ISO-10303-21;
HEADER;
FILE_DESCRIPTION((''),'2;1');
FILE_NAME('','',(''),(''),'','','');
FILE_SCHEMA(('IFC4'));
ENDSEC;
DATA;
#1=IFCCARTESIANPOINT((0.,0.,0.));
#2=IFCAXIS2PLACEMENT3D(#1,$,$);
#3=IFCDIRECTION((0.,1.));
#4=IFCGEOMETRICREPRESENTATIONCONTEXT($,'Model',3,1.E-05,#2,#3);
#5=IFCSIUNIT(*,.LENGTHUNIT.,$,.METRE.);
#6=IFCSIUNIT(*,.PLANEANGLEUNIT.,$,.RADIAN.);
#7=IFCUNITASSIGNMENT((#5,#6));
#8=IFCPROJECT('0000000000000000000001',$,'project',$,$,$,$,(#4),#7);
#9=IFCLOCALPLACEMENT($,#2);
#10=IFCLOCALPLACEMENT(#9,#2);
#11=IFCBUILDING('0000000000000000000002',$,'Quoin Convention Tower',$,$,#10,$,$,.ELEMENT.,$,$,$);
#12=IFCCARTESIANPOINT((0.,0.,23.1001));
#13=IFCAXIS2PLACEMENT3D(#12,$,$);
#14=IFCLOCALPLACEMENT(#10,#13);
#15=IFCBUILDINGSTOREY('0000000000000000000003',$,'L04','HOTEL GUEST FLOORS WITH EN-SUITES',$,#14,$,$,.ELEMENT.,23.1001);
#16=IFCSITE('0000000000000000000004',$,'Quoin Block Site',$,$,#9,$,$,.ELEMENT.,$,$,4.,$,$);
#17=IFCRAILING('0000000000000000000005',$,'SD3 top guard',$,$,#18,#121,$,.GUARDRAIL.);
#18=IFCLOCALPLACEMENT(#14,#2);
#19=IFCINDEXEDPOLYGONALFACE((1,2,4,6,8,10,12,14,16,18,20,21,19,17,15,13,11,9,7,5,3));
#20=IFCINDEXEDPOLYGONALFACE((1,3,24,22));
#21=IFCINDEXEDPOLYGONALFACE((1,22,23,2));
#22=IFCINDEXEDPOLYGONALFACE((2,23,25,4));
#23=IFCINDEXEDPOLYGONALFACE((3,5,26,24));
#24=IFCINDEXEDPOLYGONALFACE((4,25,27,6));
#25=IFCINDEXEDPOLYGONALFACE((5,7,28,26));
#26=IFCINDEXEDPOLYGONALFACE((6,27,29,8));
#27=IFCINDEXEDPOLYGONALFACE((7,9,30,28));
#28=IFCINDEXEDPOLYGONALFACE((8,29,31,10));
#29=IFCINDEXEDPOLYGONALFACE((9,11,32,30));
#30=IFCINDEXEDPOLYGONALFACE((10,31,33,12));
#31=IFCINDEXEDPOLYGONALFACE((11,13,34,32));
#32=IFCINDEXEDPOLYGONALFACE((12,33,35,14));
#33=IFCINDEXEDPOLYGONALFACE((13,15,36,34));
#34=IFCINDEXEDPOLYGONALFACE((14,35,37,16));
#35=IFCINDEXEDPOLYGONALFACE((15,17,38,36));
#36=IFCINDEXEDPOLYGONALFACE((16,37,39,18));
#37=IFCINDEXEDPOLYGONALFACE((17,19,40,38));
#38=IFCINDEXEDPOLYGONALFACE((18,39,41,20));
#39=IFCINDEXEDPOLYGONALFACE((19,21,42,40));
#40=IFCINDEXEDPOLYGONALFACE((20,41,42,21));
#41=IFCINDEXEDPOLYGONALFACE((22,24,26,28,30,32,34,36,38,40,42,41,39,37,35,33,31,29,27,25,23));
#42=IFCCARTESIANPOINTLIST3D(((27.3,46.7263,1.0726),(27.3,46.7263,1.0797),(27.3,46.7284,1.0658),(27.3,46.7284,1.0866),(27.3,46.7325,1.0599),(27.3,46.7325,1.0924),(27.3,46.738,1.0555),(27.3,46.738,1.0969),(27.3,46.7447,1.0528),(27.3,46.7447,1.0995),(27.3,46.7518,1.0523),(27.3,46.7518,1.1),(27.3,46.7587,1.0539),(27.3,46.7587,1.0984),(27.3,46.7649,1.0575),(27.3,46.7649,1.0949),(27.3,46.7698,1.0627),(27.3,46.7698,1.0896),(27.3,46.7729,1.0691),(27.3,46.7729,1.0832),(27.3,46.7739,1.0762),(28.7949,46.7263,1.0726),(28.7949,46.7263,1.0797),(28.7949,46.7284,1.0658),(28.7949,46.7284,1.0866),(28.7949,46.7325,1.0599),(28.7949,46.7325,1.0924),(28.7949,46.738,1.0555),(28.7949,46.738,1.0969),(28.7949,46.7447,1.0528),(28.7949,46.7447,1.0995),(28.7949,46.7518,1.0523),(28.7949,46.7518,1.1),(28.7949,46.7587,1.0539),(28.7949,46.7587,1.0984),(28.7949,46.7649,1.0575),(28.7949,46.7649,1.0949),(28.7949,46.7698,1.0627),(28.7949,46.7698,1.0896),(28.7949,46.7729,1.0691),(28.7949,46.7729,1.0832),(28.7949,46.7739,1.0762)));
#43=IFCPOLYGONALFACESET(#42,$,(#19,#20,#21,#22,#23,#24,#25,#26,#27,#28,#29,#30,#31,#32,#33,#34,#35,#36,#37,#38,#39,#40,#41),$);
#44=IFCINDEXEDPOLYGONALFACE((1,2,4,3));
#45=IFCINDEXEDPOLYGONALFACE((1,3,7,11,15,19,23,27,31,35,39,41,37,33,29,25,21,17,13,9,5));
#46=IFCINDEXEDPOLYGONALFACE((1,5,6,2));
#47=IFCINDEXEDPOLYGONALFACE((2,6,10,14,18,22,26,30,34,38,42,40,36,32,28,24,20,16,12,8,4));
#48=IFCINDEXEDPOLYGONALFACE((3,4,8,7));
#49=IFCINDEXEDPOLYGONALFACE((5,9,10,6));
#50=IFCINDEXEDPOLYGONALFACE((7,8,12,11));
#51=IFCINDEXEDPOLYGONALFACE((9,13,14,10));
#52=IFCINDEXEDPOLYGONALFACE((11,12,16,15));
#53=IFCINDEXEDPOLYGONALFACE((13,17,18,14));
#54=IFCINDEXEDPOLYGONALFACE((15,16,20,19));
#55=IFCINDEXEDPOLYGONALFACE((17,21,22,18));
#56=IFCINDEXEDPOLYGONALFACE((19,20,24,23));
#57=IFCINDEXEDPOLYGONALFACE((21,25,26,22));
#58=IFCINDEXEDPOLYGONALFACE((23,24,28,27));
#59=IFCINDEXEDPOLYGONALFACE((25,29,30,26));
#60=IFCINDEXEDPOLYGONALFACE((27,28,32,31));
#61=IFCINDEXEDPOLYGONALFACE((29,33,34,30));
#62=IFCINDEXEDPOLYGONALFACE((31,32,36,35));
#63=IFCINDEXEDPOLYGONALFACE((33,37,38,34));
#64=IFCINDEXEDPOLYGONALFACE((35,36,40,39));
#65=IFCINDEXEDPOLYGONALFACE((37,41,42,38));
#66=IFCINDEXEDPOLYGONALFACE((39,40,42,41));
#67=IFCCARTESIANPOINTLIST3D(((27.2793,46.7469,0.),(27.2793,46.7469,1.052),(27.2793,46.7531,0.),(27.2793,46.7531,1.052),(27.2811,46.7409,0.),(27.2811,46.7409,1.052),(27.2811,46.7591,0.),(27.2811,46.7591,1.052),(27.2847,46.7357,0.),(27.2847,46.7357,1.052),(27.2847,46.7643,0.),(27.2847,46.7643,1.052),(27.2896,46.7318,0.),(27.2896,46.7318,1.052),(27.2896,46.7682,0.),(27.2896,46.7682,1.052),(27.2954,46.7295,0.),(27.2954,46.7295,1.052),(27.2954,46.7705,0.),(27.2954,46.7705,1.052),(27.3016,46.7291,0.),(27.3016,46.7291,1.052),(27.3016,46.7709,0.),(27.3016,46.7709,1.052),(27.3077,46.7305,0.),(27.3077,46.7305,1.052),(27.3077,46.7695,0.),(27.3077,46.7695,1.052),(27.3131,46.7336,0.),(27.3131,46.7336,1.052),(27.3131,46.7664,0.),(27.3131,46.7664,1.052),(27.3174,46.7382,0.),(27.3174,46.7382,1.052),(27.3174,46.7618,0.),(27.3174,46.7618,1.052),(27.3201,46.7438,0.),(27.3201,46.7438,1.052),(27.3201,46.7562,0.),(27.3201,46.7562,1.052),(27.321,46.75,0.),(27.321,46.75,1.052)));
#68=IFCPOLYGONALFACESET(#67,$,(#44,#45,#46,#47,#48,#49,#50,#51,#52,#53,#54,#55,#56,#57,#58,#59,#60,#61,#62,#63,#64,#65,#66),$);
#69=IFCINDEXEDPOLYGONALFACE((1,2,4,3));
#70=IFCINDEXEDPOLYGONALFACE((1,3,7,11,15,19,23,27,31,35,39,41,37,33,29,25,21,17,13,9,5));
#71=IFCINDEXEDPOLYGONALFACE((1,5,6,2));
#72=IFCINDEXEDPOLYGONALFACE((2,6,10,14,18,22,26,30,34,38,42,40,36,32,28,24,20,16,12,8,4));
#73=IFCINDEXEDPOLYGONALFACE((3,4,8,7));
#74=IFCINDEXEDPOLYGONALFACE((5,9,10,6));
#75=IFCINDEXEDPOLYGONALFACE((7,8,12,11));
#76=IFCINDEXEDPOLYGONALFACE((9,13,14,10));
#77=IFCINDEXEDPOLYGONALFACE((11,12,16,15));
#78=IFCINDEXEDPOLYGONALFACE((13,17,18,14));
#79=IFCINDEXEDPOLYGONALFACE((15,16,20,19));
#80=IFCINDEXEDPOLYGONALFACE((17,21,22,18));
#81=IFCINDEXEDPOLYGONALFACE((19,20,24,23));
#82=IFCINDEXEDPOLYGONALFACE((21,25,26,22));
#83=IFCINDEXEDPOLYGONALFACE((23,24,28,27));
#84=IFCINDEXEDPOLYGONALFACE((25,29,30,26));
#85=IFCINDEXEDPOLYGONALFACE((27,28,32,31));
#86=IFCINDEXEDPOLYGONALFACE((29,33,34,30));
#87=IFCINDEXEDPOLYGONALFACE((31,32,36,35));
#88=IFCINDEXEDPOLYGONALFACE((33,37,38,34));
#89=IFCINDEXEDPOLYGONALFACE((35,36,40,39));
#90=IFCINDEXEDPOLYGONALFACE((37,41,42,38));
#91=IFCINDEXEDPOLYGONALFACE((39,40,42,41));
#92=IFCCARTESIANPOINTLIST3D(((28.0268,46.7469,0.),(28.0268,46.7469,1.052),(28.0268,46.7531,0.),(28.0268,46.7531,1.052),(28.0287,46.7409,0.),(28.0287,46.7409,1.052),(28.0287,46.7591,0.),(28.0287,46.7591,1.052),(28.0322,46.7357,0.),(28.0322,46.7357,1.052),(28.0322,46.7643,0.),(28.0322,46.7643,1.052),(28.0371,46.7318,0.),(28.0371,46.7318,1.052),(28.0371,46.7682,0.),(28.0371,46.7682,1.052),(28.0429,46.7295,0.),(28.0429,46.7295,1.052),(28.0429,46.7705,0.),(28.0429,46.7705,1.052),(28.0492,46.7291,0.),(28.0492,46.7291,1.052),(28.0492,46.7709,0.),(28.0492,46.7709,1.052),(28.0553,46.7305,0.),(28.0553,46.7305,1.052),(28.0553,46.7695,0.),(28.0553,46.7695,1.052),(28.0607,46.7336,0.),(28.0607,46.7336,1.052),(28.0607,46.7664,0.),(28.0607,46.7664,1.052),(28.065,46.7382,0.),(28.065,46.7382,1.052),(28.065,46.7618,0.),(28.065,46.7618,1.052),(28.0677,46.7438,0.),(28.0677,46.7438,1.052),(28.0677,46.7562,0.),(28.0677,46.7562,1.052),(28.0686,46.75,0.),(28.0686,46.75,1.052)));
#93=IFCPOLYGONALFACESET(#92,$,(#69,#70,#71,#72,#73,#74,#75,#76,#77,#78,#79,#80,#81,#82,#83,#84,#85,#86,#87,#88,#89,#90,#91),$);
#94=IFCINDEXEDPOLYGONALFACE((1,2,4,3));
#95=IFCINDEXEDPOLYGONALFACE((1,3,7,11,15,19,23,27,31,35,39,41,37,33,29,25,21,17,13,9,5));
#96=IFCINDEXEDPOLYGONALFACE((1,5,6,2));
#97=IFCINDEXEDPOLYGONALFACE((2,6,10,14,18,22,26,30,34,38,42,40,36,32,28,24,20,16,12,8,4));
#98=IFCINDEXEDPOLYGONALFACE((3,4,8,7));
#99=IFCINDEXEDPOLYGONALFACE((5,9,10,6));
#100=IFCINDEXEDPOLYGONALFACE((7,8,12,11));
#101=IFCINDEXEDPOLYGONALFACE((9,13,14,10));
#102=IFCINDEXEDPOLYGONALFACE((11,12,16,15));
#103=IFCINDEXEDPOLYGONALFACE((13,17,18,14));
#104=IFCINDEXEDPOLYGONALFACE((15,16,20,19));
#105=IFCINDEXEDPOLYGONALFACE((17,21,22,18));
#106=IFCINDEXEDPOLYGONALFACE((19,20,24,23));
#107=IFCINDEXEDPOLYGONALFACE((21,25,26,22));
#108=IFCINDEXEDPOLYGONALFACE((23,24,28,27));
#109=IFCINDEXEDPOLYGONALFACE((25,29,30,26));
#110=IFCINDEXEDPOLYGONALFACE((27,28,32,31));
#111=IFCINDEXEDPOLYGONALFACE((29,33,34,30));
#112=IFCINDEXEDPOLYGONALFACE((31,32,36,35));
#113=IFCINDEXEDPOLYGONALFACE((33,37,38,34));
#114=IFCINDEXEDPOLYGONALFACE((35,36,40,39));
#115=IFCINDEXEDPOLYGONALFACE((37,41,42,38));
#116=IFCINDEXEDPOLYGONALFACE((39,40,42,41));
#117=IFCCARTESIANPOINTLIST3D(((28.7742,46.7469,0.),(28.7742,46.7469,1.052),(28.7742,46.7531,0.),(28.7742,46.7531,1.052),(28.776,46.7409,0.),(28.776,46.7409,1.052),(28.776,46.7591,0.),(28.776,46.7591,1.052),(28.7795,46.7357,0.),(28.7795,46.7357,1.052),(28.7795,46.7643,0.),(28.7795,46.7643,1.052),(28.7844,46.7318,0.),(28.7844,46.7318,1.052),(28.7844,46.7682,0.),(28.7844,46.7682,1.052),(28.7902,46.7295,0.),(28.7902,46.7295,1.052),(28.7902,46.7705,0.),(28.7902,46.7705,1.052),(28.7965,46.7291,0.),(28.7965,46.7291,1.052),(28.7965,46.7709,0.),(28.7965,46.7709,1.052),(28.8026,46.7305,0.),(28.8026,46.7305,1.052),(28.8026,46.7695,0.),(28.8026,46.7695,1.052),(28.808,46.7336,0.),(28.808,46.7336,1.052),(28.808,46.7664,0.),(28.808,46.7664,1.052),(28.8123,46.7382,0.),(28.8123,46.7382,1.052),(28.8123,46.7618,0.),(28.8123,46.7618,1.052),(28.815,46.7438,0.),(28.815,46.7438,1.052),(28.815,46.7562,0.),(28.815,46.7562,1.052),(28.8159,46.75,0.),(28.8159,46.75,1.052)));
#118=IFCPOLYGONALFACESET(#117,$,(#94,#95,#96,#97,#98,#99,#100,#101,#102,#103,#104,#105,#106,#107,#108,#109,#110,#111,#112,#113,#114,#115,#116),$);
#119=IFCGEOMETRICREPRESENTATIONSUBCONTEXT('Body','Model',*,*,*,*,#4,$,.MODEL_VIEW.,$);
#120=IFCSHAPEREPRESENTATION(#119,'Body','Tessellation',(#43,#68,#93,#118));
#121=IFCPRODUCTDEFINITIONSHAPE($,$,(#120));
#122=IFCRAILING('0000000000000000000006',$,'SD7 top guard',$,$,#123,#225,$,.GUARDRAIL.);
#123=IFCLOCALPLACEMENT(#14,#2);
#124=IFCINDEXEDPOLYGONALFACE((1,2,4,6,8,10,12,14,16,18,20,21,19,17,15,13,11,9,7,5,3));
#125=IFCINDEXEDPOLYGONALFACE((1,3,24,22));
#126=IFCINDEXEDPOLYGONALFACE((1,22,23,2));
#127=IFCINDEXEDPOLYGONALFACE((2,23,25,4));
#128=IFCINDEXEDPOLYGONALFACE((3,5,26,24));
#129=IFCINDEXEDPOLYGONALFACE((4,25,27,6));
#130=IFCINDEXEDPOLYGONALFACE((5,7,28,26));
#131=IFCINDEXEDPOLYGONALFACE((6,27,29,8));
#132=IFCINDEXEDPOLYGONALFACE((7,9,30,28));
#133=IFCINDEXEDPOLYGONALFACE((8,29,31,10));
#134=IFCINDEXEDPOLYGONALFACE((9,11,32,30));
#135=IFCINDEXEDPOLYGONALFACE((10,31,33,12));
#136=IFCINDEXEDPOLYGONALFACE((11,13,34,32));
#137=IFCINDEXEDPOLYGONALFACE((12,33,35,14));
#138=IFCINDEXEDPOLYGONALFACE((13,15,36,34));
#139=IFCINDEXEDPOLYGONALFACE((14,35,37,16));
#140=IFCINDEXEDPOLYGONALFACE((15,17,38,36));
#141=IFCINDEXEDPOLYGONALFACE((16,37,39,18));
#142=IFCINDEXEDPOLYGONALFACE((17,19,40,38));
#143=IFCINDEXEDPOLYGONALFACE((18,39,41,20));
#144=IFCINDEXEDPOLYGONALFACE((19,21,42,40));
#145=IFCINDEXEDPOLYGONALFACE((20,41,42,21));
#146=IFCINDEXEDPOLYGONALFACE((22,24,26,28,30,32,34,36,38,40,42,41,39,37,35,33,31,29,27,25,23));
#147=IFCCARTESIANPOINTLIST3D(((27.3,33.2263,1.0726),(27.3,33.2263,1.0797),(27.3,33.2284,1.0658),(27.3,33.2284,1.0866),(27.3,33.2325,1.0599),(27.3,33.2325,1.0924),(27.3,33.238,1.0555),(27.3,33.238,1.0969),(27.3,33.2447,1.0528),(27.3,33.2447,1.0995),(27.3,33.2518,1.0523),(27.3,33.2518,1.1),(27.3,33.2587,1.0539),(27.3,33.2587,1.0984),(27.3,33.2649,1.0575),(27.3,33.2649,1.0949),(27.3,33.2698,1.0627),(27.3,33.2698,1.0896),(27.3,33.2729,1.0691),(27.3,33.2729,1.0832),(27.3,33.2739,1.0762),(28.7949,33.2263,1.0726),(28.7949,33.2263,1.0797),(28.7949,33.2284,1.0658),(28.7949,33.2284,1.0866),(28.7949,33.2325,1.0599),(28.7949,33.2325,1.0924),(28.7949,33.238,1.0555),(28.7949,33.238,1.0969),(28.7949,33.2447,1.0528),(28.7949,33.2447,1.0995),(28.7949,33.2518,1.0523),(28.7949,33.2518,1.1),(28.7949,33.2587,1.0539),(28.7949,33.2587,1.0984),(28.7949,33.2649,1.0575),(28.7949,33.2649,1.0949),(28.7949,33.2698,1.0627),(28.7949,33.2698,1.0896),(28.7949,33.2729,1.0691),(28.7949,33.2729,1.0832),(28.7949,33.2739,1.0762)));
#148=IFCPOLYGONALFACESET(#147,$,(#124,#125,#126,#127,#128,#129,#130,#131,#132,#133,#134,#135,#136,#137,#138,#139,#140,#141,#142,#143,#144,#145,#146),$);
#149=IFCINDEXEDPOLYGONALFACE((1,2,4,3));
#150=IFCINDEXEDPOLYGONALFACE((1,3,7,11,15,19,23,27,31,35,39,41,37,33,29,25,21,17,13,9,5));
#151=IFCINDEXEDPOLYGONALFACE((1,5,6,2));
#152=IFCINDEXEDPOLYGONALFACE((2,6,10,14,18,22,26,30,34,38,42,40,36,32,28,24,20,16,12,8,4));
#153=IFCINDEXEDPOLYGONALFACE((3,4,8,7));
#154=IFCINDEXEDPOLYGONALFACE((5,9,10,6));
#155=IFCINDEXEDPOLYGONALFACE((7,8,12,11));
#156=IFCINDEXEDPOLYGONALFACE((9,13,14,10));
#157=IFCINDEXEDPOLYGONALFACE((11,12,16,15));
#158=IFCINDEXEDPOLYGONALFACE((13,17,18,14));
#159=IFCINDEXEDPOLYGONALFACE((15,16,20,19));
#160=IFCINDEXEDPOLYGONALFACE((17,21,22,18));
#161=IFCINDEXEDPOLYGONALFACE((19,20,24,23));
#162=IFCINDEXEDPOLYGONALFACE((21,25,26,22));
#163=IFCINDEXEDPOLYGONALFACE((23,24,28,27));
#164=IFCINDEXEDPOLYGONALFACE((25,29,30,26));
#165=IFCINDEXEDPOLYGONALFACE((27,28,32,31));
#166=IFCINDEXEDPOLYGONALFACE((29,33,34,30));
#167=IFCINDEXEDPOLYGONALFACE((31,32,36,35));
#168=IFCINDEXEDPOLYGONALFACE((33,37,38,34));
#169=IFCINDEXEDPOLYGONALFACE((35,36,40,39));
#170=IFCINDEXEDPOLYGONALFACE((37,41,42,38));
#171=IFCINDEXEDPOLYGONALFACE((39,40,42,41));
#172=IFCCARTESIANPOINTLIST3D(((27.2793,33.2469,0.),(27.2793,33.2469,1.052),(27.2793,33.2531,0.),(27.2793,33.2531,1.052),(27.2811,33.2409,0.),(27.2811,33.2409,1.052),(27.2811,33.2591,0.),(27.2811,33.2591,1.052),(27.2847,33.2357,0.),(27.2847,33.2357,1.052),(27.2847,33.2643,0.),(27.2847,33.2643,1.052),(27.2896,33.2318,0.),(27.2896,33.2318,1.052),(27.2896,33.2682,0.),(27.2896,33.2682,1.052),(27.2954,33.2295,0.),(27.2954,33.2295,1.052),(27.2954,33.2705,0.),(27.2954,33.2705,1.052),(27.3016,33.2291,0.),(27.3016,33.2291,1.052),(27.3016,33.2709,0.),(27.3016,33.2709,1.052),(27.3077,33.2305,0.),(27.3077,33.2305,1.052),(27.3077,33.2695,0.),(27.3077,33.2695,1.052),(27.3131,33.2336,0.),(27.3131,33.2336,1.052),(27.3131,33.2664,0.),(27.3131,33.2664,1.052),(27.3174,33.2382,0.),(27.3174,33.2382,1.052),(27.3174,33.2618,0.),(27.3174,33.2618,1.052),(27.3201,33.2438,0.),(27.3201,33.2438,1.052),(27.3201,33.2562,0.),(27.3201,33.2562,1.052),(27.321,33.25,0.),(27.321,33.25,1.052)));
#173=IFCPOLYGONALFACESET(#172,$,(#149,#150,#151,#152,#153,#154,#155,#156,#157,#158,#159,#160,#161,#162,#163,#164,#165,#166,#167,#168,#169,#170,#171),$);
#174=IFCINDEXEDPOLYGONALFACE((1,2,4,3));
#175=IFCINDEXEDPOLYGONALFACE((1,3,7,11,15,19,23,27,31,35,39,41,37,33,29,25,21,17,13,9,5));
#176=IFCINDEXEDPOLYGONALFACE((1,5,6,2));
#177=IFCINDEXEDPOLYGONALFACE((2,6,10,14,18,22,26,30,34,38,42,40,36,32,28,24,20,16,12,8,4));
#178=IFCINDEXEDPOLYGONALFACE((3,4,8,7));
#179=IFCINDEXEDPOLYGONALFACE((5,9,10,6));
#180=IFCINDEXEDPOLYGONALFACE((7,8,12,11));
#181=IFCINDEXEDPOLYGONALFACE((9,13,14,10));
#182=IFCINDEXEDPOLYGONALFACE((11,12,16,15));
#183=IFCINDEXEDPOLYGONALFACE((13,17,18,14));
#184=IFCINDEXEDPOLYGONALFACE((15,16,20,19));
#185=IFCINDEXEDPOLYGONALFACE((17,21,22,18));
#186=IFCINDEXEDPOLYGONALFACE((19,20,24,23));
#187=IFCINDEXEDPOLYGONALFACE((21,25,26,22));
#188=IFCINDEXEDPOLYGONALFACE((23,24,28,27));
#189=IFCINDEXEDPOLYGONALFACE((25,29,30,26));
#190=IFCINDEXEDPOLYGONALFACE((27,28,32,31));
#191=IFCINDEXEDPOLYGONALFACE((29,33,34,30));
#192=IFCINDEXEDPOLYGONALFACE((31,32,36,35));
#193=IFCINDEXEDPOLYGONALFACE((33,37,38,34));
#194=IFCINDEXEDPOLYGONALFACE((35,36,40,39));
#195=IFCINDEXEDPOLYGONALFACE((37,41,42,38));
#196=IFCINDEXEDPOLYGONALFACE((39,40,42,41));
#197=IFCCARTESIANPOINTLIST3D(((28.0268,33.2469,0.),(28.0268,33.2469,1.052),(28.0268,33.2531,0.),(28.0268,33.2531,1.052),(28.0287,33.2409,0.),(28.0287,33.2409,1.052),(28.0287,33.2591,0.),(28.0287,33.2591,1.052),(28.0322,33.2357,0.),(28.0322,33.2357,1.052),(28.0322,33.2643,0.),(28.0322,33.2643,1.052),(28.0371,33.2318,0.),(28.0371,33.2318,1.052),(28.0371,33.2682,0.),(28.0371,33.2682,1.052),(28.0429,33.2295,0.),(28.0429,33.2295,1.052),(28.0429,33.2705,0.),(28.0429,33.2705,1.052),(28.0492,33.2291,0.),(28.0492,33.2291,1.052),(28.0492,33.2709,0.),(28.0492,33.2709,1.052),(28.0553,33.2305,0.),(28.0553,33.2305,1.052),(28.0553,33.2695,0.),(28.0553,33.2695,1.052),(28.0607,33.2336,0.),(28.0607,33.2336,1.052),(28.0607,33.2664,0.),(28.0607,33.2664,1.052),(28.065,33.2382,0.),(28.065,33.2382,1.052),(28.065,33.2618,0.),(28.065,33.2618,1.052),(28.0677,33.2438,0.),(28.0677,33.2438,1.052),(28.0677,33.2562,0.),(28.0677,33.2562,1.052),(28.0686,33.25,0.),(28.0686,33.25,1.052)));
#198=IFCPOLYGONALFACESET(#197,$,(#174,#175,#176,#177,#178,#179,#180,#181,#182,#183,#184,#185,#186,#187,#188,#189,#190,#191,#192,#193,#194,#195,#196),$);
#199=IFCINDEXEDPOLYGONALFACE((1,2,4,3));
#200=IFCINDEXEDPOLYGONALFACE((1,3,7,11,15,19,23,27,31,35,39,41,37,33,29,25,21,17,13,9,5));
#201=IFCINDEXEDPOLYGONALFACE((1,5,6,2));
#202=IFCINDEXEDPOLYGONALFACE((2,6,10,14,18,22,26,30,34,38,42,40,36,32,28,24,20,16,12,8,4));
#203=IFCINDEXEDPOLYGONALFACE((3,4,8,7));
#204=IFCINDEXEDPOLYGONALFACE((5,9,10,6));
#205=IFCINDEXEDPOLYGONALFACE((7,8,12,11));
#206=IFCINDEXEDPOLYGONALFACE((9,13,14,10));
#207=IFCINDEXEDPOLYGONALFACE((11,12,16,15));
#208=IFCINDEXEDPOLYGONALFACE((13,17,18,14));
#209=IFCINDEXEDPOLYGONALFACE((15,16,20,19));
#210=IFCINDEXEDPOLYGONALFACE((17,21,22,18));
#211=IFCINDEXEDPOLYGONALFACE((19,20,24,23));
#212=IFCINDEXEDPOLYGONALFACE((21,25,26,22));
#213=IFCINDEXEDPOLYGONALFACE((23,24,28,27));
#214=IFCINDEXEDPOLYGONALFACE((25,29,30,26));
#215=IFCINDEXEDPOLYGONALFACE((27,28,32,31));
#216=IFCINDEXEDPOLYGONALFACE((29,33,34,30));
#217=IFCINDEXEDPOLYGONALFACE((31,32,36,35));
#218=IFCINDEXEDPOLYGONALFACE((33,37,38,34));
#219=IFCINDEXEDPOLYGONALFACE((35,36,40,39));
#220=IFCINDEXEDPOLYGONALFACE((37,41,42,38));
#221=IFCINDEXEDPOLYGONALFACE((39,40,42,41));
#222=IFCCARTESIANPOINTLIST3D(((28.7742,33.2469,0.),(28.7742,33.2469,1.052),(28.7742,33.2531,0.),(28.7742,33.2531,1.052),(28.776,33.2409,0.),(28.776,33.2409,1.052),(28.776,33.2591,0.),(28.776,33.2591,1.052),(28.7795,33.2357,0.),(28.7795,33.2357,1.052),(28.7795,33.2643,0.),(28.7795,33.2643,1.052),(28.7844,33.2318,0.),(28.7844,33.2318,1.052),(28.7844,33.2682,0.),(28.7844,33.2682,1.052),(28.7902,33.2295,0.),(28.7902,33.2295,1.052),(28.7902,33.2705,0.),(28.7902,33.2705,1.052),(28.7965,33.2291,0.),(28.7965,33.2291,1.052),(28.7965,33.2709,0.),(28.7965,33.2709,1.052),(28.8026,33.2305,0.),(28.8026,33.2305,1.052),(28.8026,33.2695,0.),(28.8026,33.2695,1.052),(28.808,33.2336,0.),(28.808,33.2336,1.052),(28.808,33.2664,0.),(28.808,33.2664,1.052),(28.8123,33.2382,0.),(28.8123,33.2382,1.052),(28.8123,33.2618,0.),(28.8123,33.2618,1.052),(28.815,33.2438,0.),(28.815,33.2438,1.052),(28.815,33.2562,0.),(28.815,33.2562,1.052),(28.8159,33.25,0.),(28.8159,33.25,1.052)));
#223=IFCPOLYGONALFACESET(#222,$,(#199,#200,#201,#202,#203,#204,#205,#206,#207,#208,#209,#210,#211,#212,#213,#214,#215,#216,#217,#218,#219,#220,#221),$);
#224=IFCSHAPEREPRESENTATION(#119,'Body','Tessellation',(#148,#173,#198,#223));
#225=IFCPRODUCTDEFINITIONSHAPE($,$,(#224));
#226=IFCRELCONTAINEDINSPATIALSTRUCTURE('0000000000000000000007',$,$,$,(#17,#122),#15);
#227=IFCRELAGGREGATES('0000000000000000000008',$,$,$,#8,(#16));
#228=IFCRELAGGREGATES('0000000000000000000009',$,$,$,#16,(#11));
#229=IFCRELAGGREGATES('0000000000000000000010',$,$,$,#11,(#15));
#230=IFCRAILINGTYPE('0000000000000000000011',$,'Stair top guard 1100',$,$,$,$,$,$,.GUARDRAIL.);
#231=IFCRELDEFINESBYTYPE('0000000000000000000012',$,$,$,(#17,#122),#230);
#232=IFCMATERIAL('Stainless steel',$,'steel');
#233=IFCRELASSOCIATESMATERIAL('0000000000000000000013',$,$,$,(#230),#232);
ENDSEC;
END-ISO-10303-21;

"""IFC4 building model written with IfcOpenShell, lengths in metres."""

from ifc_helpers import new_model, si_unit, direction, frame, origin, origin_2d, place, context, subcontext, project, spatial, circle, extrude, material, type_object, element, save


model = new_model("IFC4")

# Units and contexts
model_context = context("Model", 3, precision=1e-05, world=origin(), true_north=direction((0.0, 1.0)))
body_context = subcontext(model_context, "Body", "Model", "MODEL_VIEW")
ifc_project = project(units=[si_unit("LENGTHUNIT", "METRE"), si_unit("PLANEANGLEUNIT", "RADIAN")], contexts=[model_context])

# Site, building, storey
site_placement = place(None, origin())
site = spatial("IfcSite", under=ifc_project, at=site_placement, Name="Quoin Block Site", CompositionType="ELEMENT", RefElevation=4.0)
building_placement = place(site_placement, origin())
building = spatial("IfcBuilding", under=site, at=building_placement, Name="Quoin Convention Tower", CompositionType="ELEMENT")
storey_placement = place(building_placement, frame((0.0, 0.0, 23.1001)))
storey = spatial("IfcBuildingStorey", under=building, at=storey_placement, Name="L04", Description="HOTEL GUEST FLOORS WITH EN-SUITES", CompositionType="ELEMENT", Elevation=23.1001)

# Railings
ifc_material_1 = material(Name="Stainless steel", Category="steel")
railing_type_1 = type_object("IfcRailingType", Name="Stair top guard 1100", PredefinedType="GUARDRAIL", material=ifc_material_1)
for number, where, name in (
    (1, (27.3, 46.75, 0.0), "SD3 top guard"),
    (2, (27.3, 33.25, 0.0), "SD7 top guard"),
):
    element("IfcRailing", number, at=place(storey_placement, frame(where)), inside=storey, type_object=railing_type_1, Name=name, PredefinedType="GUARDRAIL", context=body_context, shape_type="SweptSolid", body=[
        extrude(circle(Radius=0.0239, at=origin_2d()), frame((0.0, 0.0, 1.0762), z_axis=(1.0, 0.0, 0.0), x_axis=(0.0, 1.0, 0.0)), (0.0, 0.0, 1.0), 1.4949),
        extrude(circle(Radius=0.021, at=origin_2d()), origin(), (0.0, 0.0, 1.0), 1.052),
        extrude(circle(Radius=0.021, at=origin_2d()), frame((0.7476, 0.0, 0.0)), (0.0, 0.0, 1.0), 1.052),
        extrude(circle(Radius=0.021, at=origin_2d()), frame((1.4949, 0.0, 0.0)), (0.0, 0.0, 1.0), 1.052),
    ])

save(model, "model.ifc")
